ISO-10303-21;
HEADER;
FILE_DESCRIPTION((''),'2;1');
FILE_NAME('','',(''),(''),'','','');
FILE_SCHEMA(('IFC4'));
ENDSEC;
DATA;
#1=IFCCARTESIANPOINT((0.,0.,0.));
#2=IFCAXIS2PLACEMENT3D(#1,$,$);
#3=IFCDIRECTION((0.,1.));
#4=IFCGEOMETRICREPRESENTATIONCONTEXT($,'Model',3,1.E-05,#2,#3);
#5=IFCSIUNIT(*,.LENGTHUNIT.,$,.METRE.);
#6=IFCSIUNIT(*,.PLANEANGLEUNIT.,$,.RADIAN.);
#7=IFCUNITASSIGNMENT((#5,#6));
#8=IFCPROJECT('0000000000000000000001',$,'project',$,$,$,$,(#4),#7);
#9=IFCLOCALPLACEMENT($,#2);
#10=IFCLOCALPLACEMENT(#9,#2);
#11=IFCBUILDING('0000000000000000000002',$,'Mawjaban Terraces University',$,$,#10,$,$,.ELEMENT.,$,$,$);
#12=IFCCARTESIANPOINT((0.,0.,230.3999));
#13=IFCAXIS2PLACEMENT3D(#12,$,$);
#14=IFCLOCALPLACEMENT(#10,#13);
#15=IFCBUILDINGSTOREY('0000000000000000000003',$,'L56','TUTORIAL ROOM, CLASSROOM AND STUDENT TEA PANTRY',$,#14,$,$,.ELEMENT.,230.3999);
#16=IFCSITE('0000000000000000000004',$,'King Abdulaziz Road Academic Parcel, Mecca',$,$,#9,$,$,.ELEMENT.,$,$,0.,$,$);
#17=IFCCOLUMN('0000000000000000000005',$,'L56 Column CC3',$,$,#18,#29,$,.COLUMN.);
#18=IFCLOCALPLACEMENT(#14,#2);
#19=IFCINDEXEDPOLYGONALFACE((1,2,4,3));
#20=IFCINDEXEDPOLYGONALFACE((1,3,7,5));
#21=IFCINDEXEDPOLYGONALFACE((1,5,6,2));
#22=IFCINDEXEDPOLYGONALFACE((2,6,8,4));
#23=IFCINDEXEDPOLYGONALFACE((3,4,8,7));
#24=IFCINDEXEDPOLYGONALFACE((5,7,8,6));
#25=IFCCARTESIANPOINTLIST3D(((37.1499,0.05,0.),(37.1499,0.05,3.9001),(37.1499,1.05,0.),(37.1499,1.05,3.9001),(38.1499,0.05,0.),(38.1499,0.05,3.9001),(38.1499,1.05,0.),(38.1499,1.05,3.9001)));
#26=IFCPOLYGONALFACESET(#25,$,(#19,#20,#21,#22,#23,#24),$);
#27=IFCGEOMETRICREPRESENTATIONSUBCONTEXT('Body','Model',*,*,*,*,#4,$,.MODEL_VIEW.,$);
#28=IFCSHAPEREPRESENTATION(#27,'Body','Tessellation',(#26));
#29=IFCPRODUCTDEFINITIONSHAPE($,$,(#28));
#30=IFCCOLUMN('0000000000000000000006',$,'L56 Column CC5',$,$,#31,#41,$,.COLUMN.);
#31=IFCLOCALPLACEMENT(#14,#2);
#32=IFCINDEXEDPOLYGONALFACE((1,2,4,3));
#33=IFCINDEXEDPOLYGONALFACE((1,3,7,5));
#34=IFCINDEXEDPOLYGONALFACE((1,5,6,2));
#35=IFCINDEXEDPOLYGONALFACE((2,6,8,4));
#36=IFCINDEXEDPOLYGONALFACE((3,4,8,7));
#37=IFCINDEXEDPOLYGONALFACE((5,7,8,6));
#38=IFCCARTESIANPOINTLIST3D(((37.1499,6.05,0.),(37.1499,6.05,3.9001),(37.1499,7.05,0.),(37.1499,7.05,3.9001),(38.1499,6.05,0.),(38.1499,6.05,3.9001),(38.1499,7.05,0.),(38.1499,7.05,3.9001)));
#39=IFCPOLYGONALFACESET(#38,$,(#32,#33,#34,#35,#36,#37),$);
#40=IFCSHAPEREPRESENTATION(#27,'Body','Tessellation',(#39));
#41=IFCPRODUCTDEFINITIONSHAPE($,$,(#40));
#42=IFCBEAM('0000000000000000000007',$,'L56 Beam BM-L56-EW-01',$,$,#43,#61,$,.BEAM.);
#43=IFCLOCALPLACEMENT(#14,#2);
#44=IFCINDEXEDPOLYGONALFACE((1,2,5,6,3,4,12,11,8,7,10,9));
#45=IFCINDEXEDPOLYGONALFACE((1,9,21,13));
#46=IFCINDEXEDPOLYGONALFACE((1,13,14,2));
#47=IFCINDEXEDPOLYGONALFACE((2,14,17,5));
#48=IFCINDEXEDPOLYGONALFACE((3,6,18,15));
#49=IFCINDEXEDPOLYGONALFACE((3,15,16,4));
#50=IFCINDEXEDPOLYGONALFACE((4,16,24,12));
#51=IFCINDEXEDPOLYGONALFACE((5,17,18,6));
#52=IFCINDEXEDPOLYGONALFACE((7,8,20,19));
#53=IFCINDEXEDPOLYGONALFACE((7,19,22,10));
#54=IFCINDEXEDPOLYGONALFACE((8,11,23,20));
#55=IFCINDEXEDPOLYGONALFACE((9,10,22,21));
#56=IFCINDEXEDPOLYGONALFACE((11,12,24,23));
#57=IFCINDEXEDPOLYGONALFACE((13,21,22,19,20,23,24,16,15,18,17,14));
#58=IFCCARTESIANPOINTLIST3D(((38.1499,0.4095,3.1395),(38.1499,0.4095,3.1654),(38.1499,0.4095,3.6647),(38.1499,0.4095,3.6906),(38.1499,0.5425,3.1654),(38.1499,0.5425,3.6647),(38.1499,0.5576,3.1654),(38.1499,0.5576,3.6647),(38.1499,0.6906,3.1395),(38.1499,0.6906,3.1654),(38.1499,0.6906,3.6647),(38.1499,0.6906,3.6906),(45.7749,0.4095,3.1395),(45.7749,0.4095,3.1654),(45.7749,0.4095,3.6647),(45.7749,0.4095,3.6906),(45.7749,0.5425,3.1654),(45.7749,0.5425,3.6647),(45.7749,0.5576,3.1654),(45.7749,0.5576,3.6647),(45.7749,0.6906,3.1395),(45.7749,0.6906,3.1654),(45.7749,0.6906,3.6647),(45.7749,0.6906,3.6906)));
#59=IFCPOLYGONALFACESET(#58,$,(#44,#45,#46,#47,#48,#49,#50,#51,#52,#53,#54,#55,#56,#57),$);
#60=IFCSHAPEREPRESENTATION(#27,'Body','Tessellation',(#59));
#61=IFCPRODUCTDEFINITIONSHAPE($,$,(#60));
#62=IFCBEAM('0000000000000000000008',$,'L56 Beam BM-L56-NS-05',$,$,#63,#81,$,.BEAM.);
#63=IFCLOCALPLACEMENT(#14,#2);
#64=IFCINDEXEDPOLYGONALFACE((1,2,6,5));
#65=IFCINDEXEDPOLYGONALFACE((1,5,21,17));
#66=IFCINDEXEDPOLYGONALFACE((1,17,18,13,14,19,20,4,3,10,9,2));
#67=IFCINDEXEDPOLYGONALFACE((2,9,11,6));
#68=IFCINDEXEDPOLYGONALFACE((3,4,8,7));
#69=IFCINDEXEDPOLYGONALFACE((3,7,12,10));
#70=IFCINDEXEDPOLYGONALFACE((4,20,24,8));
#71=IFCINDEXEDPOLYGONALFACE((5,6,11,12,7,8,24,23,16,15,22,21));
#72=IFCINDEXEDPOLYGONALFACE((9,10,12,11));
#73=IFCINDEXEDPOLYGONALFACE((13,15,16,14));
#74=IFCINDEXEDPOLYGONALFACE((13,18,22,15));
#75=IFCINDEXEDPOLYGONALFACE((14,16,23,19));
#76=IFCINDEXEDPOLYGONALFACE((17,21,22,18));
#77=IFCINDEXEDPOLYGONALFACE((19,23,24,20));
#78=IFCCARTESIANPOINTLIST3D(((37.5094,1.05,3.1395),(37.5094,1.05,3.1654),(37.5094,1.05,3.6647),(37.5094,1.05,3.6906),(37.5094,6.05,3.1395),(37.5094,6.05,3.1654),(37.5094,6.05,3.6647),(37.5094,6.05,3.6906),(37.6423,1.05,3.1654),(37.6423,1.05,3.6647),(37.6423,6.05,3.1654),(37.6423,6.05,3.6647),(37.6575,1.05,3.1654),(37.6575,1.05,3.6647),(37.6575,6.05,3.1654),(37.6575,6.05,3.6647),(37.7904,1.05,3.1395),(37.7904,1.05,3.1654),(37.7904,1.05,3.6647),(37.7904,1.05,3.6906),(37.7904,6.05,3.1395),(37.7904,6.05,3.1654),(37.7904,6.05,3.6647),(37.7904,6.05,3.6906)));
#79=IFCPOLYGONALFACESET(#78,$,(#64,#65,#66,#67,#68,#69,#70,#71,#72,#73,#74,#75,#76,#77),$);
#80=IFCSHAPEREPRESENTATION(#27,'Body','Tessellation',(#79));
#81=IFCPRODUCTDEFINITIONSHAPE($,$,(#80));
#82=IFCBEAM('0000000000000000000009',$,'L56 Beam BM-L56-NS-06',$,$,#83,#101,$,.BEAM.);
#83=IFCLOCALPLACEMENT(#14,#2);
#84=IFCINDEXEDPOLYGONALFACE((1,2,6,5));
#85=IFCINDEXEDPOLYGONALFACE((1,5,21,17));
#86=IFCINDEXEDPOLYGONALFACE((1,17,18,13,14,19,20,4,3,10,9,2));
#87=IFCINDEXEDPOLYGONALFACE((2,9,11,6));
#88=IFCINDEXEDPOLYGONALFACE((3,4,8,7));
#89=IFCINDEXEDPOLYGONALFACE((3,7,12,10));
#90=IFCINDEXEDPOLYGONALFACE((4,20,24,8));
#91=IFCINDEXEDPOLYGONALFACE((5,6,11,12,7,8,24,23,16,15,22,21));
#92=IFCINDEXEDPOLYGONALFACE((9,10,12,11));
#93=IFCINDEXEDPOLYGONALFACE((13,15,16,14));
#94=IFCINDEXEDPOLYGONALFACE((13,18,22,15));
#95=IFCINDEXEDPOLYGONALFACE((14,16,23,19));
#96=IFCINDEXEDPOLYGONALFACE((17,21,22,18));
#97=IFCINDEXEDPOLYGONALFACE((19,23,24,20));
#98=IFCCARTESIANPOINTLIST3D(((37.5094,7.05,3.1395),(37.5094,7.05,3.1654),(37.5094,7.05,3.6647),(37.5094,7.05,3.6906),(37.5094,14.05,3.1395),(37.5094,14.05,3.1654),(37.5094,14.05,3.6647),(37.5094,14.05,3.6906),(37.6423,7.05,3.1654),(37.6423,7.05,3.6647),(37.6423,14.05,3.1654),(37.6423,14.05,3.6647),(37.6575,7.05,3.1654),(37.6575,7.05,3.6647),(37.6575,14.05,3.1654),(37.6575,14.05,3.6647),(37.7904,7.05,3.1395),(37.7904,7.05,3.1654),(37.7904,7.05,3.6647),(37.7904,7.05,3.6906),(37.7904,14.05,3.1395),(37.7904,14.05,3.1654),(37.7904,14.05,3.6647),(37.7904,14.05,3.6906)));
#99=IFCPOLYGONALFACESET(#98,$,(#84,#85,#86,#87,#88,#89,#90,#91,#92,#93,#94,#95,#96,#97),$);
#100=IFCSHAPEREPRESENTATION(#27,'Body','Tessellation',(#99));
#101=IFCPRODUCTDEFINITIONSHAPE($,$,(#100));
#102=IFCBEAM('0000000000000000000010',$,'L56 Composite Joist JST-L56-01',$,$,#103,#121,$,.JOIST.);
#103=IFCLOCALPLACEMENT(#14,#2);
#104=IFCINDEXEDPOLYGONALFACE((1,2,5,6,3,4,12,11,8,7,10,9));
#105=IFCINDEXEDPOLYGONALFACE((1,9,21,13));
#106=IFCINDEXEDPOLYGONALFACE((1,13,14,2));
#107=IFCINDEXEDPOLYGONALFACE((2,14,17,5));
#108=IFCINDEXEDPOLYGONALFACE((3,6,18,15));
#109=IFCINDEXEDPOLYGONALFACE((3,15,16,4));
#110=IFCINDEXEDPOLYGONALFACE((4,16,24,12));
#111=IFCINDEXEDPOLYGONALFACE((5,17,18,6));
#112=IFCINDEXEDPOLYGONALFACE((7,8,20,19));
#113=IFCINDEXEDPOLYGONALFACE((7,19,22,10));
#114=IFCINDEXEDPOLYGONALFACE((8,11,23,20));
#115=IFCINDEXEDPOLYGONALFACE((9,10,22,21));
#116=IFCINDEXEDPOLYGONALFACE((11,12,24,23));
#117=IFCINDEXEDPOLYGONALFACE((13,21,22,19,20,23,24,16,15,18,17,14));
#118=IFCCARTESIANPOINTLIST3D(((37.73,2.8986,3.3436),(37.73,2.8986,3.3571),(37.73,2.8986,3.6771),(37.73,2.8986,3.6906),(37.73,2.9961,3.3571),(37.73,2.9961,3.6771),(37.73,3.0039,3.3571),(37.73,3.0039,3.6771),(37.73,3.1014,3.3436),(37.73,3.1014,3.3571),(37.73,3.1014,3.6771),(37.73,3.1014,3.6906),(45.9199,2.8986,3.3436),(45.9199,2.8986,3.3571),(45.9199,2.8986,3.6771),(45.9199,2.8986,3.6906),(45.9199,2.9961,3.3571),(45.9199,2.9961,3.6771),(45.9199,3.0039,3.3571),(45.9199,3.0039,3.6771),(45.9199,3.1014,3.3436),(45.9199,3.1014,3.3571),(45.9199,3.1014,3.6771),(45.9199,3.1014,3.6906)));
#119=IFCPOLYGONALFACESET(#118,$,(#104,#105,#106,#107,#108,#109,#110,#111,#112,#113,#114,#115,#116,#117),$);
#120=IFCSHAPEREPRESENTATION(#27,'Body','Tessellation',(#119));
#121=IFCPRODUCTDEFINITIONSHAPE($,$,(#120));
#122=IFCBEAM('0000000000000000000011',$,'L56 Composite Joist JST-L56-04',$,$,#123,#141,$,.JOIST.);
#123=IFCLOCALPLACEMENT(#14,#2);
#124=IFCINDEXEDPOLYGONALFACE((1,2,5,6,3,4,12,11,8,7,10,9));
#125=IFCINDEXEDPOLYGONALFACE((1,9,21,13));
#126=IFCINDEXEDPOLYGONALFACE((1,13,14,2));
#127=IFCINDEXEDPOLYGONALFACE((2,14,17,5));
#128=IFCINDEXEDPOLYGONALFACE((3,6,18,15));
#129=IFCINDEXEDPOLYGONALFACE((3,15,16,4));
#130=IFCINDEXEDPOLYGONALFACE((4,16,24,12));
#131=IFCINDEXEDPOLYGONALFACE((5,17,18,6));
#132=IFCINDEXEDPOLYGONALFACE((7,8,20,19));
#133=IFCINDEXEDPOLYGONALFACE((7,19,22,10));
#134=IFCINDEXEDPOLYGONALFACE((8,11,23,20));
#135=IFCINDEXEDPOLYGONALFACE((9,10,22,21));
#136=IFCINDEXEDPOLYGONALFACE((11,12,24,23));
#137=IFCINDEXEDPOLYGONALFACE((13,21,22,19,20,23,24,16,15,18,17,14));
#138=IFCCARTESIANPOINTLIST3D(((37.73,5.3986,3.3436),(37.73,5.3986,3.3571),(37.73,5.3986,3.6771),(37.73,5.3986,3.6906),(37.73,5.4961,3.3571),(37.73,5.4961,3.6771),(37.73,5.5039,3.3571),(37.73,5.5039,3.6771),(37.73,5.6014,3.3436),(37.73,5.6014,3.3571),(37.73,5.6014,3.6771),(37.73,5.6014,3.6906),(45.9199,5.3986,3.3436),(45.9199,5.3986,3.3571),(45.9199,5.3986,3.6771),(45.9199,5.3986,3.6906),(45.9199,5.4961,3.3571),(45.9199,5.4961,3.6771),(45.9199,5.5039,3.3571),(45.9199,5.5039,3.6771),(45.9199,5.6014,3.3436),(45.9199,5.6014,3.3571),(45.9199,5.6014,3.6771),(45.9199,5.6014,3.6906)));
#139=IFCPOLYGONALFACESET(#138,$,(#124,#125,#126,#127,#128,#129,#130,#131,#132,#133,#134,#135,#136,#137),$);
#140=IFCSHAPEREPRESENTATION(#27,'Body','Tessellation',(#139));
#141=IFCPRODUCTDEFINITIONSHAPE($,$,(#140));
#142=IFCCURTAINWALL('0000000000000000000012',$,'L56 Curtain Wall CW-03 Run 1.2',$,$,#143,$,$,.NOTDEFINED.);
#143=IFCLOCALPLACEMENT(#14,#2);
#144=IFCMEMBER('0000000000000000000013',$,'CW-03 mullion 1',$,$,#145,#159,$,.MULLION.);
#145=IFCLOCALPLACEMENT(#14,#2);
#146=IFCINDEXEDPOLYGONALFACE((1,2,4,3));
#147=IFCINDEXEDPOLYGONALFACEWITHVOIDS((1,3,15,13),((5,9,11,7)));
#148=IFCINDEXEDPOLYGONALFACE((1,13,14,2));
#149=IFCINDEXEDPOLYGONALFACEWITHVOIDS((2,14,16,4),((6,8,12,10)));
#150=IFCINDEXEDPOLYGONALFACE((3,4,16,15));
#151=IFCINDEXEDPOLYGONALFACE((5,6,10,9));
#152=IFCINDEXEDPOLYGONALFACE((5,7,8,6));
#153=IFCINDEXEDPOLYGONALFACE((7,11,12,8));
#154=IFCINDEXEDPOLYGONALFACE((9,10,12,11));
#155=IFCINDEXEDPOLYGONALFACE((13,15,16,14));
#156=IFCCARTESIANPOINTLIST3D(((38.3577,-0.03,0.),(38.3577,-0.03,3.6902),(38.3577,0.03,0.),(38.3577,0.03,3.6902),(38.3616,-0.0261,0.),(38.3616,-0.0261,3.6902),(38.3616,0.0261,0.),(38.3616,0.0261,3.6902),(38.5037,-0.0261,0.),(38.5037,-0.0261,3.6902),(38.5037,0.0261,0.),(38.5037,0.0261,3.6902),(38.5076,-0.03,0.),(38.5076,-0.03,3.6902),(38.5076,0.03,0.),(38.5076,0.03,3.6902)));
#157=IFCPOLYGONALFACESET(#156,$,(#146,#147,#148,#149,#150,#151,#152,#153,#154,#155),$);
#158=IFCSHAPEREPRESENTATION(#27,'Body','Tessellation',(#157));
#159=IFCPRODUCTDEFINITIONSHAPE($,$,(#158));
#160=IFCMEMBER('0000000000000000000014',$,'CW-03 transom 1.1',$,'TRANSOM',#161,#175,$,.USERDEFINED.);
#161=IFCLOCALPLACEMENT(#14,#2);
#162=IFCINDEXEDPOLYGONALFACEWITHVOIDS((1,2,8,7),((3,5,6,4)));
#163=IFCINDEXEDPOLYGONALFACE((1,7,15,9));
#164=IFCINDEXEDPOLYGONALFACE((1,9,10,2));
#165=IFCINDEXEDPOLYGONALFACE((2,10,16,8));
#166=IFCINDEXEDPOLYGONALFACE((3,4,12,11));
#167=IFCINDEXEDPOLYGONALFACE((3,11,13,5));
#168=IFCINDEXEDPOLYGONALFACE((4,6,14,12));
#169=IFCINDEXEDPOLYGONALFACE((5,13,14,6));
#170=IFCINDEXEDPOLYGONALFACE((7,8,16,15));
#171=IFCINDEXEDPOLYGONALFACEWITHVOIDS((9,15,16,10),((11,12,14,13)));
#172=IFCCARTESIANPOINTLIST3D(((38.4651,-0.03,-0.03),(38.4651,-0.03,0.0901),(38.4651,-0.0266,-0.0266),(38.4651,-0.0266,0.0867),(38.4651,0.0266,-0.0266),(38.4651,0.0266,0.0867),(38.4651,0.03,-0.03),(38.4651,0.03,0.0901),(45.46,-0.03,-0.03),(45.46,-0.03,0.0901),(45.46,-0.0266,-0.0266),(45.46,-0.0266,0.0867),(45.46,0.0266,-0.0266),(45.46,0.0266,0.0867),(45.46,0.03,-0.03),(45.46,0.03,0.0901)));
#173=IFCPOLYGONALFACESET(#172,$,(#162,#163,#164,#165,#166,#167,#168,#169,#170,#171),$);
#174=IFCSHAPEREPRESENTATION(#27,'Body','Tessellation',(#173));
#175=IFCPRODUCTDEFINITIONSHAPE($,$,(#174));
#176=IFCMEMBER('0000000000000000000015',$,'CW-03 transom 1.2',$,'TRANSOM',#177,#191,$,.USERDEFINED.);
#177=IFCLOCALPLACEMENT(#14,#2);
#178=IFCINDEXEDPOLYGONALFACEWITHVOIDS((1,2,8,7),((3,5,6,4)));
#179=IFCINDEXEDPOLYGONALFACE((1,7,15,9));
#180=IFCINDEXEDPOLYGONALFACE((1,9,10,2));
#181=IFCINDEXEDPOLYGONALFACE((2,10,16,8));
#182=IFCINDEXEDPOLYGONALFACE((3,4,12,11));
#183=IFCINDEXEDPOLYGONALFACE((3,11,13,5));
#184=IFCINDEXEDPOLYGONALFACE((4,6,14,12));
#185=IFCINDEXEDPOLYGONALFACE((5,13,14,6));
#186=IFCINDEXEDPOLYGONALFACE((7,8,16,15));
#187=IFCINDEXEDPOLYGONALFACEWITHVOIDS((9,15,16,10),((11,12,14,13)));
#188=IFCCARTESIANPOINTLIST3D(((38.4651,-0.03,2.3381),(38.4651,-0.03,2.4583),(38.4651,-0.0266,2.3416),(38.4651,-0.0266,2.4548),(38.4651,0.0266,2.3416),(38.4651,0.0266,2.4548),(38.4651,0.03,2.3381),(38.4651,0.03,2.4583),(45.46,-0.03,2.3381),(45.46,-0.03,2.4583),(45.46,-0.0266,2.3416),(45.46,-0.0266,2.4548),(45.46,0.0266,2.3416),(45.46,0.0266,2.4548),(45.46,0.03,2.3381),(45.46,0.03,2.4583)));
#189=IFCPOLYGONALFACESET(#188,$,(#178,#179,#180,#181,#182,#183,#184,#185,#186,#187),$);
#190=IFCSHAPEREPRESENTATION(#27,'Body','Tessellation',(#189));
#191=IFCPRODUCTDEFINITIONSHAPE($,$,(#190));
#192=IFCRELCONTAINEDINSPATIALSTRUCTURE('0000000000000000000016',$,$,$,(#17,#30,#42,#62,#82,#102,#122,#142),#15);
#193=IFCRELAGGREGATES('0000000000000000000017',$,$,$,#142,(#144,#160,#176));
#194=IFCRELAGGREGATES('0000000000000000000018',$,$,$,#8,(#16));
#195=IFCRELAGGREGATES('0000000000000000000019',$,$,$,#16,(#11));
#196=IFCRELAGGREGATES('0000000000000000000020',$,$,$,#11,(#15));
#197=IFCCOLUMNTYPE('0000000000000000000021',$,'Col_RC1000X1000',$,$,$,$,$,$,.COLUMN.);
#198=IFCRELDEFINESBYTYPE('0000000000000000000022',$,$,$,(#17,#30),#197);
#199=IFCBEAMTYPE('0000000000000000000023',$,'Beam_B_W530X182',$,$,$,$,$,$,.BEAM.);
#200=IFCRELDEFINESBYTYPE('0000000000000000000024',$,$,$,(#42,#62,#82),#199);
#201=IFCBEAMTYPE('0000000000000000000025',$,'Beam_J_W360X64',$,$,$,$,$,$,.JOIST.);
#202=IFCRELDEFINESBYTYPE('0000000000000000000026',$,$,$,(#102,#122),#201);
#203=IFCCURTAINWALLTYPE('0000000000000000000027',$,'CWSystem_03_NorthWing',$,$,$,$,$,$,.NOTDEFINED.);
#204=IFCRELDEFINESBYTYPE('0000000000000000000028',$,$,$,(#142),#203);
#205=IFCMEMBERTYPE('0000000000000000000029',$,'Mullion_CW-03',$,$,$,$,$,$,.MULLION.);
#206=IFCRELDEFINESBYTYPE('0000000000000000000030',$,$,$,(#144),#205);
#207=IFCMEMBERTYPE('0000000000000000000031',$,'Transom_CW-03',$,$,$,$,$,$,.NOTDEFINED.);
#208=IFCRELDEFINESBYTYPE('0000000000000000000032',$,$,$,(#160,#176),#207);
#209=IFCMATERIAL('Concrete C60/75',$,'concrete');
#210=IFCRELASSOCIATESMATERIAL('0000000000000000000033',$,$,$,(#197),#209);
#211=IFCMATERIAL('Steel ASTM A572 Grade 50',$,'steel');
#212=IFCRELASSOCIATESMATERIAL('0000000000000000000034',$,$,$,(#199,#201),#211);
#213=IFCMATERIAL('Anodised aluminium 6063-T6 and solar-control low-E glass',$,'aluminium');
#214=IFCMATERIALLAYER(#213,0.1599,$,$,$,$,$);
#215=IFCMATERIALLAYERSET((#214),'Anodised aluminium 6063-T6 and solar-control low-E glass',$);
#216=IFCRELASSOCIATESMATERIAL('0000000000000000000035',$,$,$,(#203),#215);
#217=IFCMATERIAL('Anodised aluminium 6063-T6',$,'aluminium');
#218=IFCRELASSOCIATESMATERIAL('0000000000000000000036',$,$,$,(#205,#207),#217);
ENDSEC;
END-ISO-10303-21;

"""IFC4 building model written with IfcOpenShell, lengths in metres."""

from ifc_helpers import new_model, si_unit, direction, frame, origin, origin_2d, place, context, subcontext, project, spatial, rectangle, hollow_rectangle, i_section, extrude, material, layer, layer_set, material_profile, profile_set, type_object, element, aggregate, save


model = new_model("IFC4")

# Units and contexts
model_context = context("Model", 3, precision=1e-05, world=origin(), true_north=direction((0.0, 1.0)))
body_context = subcontext(model_context, "Body", "Model", "MODEL_VIEW")
ifc_project = project(units=[si_unit("LENGTHUNIT", "METRE"), si_unit("PLANEANGLEUNIT", "RADIAN")], contexts=[model_context])

# Site, building, storey
site_placement = place(None, origin())
site = spatial("IfcSite", under=ifc_project, at=site_placement, Name="King Abdulaziz Road Academic Parcel, Mecca", CompositionType="ELEMENT", RefElevation=0.0)
building_placement = place(site_placement, origin())
building = spatial("IfcBuilding", under=site, at=building_placement, Name="Mawjaban Terraces University", CompositionType="ELEMENT")
storey_placement = place(building_placement, frame((0.0, 0.0, 230.3999)))
storey = spatial("IfcBuildingStorey", under=building, at=storey_placement, Name="L56", Description="TUTORIAL ROOM, CLASSROOM AND STUDENT TEA PANTRY", CompositionType="ELEMENT", Elevation=230.3999)

# Columns
ifc_material_1 = material(Name="Concrete C60/75", Category="concrete")
ifc_material_profile_1 = material_profile(ifc_material_1, rectangle(XDim=1.0, YDim=1.0, at=origin_2d()), Name="RC1000X1000")
ifc_profile_set_1 = profile_set([ifc_material_profile_1], Name="Concrete C60/75")
column_type = type_object("IfcColumnType", Name="Col_RC1000X1000", PredefinedType="COLUMN", material=ifc_profile_set_1)
for number, where, z_axis, x_axis, name in (
    (1, (37.6499, 0.55, 0.0), (0.0, 0.0, 1.0), (1.0, 0.0, 0.0), "L56 Column CC3"),
    (2, (37.6499, 6.55, 0.0), (0.0, 0.0, 1.0), (1.0, 0.0, 0.0), "L56 Column CC5"),
):
    element("IfcColumn", number, at=place(storey_placement, frame(where, z_axis=z_axis, x_axis=x_axis)), inside=storey, type_object=column_type, Name=name, PredefinedType="COLUMN", context=body_context, shape_type="SweptSolid", body=[
        extrude(rectangle(XDim=1.0, YDim=1.0, at=origin_2d()), origin(), (0.0, 0.0, 1.0), 3.9001),
    ])

# Beams
ifc_material_2 = material(Name="Steel ASTM A572 Grade 50", Category="steel")
ifc_material_profile_2 = material_profile(ifc_material_2, i_section(OverallWidth=0.281, OverallDepth=0.551, WebThickness=0.0151, FlangeThickness=0.0259, at=origin_2d()), Name="W530X182")
ifc_profile_set_2 = profile_set([ifc_material_profile_2], Name="Steel ASTM A572 Grade 50")
beam_type_1 = type_object("IfcBeamType", Name="Beam_B_W530X182", PredefinedType="BEAM", material=ifc_profile_set_2)
beam_1_placement = place(storey_placement, frame((38.1499, 0.55, 3.415), z_axis=(1.0, 0.0, 0.0), x_axis=(0.0, 1.0, 0.0)))
element("IfcBeam", 3, at=beam_1_placement, inside=storey, type_object=beam_type_1, Name="L56 Beam BM-L56-EW-01", PredefinedType="BEAM", context=body_context, shape_type="SweptSolid", body=[
    extrude(i_section(OverallWidth=0.281, OverallDepth=0.551, WebThickness=0.0151, FlangeThickness=0.0259, at=origin_2d()), origin(), (0.0, 0.0, 1.0), 7.625),
])
beam_2_placement = place(storey_placement, frame((37.6499, 1.05, 3.415), z_axis=(0.0, 1.0, 0.0), x_axis=(-1.0, 0.0, 0.0)))
element("IfcBeam", 4, at=beam_2_placement, inside=storey, type_object=beam_type_1, Name="L56 Beam BM-L56-NS-05", PredefinedType="BEAM", context=body_context, shape_type="SweptSolid", body=[
    extrude(i_section(OverallWidth=0.281, OverallDepth=0.551, WebThickness=0.0151, FlangeThickness=0.0259, at=origin_2d()), origin(), (0.0, 0.0, 1.0), 5.0),
])
beam_3_placement = place(storey_placement, frame((37.6499, 7.05, 3.415), z_axis=(0.0, 1.0, 0.0), x_axis=(-1.0, 0.0, 0.0)))
element("IfcBeam", 5, at=beam_3_placement, inside=storey, type_object=beam_type_1, Name="L56 Beam BM-L56-NS-06", PredefinedType="BEAM", context=body_context, shape_type="SweptSolid", body=[
    extrude(i_section(OverallWidth=0.281, OverallDepth=0.551, WebThickness=0.0151, FlangeThickness=0.0259, at=origin_2d()), origin(), (0.0, 0.0, 1.0), 7.0),
])
ifc_material_profile_3 = material_profile(ifc_material_2, i_section(OverallWidth=0.2029, OverallDepth=0.3469, WebThickness=0.0078, FlangeThickness=0.0134, at=origin_2d()), Name="W360X64")
ifc_profile_set_3 = profile_set([ifc_material_profile_3], Name="Steel ASTM A572 Grade 50")
beam_type_2 = type_object("IfcBeamType", Name="Beam_J_W360X64", PredefinedType="JOIST", material=ifc_profile_set_3)
for number, where, z_axis, x_axis, name in (
    (6, (37.73, 3.0, 3.5171), (1.0, 0.0, 0.0), (0.0, 1.0, 0.0), "L56 Composite Joist JST-L56-01"),
    (7, (37.73, 5.5, 3.5171), (1.0, 0.0, 0.0), (0.0, 1.0, 0.0), "L56 Composite Joist JST-L56-04"),
):
    element("IfcBeam", number, at=place(storey_placement, frame(where, z_axis=z_axis, x_axis=x_axis)), inside=storey, type_object=beam_type_2, Name=name, PredefinedType="JOIST", context=body_context, shape_type="SweptSolid", body=[
        extrude(i_section(OverallWidth=0.2029, OverallDepth=0.3469, WebThickness=0.0078, FlangeThickness=0.0134, at=origin_2d()), origin(), (0.0, 0.0, 1.0), 8.1899),
    ])

# Curtain wall, members
ifc_material_3 = material(Name="Anodised aluminium 6063-T6 and solar-control low-E glass", Category="aluminium")
ifc_layer_1 = layer(ifc_material_3, 0.1599)
ifc_layer_set_1 = layer_set([ifc_layer_1], Name="Anodised aluminium 6063-T6 and solar-control low-E glass")
curtain_wall_type = type_object("IfcCurtainWallType", Name="CWSystem_03_NorthWing", PredefinedType="NOTDEFINED", material=ifc_layer_set_1)
curtain_wall_placement = place(storey_placement, origin())
curtain_wall = element("IfcCurtainWall", 8, at=curtain_wall_placement, inside=storey, type_object=curtain_wall_type, Name="L56 Curtain Wall CW-03 Run 1.2", PredefinedType="NOTDEFINED")
ifc_material_4 = material(Name="Anodised aluminium 6063-T6", Category="aluminium")
ifc_material_profile_4 = material_profile(ifc_material_4, hollow_rectangle(XDim=0.0601, YDim=0.1499, WallThickness=0.0039, at=origin_2d()), Name="ALU150X60X4")
ifc_profile_set_4 = profile_set([ifc_material_profile_4], Name="Anodised aluminium 6063-T6")
member_type_1 = type_object("IfcMemberType", Name="Mullion_CW-03", PredefinedType="MULLION", material=ifc_profile_set_4)
member_1_placement = place(storey_placement, frame((38.4326, 0.0, 0.0), z_axis=(0.0, 0.0, 1.0), x_axis=(0.0, 1.0, 0.0)))
member_1 = element("IfcMember", 9, at=member_1_placement, type_object=member_type_1, Name="CW-03 mullion 1", PredefinedType="MULLION", context=body_context, shape_type="SweptSolid", body=[
    extrude(hollow_rectangle(XDim=0.0601, YDim=0.1499, WallThickness=0.0039, at=origin_2d()), origin(), (0.0, 0.0, 1.0), 3.6902),
])
ifc_material_profile_5 = material_profile(ifc_material_4, hollow_rectangle(XDim=0.0601, YDim=0.1201, WallThickness=0.0034, at=origin_2d()), Name="ALU120X60X3.5")
ifc_profile_set_5 = profile_set([ifc_material_profile_5], Name="Anodised aluminium 6063-T6")
member_type_2 = type_object("IfcMemberType", Name="Transom_CW-03", PredefinedType="NOTDEFINED", material=ifc_profile_set_5)
member_2_placement = place(storey_placement, frame((38.4651, 0.0, 0.03), z_axis=(1.0, 0.0, 0.0), x_axis=(0.0, 1.0, 0.0)))
member_2 = element("IfcMember", 10, at=member_2_placement, type_object=member_type_2, Name="CW-03 transom 1.1", ObjectType="TRANSOM", PredefinedType="USERDEFINED", context=body_context, shape_type="SweptSolid", body=[
    extrude(hollow_rectangle(XDim=0.0601, YDim=0.1201, WallThickness=0.0034, at=origin_2d()), origin(), (0.0, 0.0, 1.0), 6.9949),
])
member_3_placement = place(storey_placement, frame((38.4651, 0.0, 2.3982), z_axis=(1.0, 0.0, 0.0), x_axis=(0.0, 1.0, 0.0)))
member_3 = element("IfcMember", 11, at=member_3_placement, type_object=member_type_2, Name="CW-03 transom 1.2", ObjectType="TRANSOM", PredefinedType="USERDEFINED", context=body_context, shape_type="SweptSolid", body=[
    extrude(hollow_rectangle(XDim=0.0601, YDim=0.1201, WallThickness=0.0034, at=origin_2d()), origin(), (0.0, 0.0, 1.0), 6.9949),
])
aggregate(curtain_wall, [member_1, member_2, member_3])

save(model, "model.ifc")
